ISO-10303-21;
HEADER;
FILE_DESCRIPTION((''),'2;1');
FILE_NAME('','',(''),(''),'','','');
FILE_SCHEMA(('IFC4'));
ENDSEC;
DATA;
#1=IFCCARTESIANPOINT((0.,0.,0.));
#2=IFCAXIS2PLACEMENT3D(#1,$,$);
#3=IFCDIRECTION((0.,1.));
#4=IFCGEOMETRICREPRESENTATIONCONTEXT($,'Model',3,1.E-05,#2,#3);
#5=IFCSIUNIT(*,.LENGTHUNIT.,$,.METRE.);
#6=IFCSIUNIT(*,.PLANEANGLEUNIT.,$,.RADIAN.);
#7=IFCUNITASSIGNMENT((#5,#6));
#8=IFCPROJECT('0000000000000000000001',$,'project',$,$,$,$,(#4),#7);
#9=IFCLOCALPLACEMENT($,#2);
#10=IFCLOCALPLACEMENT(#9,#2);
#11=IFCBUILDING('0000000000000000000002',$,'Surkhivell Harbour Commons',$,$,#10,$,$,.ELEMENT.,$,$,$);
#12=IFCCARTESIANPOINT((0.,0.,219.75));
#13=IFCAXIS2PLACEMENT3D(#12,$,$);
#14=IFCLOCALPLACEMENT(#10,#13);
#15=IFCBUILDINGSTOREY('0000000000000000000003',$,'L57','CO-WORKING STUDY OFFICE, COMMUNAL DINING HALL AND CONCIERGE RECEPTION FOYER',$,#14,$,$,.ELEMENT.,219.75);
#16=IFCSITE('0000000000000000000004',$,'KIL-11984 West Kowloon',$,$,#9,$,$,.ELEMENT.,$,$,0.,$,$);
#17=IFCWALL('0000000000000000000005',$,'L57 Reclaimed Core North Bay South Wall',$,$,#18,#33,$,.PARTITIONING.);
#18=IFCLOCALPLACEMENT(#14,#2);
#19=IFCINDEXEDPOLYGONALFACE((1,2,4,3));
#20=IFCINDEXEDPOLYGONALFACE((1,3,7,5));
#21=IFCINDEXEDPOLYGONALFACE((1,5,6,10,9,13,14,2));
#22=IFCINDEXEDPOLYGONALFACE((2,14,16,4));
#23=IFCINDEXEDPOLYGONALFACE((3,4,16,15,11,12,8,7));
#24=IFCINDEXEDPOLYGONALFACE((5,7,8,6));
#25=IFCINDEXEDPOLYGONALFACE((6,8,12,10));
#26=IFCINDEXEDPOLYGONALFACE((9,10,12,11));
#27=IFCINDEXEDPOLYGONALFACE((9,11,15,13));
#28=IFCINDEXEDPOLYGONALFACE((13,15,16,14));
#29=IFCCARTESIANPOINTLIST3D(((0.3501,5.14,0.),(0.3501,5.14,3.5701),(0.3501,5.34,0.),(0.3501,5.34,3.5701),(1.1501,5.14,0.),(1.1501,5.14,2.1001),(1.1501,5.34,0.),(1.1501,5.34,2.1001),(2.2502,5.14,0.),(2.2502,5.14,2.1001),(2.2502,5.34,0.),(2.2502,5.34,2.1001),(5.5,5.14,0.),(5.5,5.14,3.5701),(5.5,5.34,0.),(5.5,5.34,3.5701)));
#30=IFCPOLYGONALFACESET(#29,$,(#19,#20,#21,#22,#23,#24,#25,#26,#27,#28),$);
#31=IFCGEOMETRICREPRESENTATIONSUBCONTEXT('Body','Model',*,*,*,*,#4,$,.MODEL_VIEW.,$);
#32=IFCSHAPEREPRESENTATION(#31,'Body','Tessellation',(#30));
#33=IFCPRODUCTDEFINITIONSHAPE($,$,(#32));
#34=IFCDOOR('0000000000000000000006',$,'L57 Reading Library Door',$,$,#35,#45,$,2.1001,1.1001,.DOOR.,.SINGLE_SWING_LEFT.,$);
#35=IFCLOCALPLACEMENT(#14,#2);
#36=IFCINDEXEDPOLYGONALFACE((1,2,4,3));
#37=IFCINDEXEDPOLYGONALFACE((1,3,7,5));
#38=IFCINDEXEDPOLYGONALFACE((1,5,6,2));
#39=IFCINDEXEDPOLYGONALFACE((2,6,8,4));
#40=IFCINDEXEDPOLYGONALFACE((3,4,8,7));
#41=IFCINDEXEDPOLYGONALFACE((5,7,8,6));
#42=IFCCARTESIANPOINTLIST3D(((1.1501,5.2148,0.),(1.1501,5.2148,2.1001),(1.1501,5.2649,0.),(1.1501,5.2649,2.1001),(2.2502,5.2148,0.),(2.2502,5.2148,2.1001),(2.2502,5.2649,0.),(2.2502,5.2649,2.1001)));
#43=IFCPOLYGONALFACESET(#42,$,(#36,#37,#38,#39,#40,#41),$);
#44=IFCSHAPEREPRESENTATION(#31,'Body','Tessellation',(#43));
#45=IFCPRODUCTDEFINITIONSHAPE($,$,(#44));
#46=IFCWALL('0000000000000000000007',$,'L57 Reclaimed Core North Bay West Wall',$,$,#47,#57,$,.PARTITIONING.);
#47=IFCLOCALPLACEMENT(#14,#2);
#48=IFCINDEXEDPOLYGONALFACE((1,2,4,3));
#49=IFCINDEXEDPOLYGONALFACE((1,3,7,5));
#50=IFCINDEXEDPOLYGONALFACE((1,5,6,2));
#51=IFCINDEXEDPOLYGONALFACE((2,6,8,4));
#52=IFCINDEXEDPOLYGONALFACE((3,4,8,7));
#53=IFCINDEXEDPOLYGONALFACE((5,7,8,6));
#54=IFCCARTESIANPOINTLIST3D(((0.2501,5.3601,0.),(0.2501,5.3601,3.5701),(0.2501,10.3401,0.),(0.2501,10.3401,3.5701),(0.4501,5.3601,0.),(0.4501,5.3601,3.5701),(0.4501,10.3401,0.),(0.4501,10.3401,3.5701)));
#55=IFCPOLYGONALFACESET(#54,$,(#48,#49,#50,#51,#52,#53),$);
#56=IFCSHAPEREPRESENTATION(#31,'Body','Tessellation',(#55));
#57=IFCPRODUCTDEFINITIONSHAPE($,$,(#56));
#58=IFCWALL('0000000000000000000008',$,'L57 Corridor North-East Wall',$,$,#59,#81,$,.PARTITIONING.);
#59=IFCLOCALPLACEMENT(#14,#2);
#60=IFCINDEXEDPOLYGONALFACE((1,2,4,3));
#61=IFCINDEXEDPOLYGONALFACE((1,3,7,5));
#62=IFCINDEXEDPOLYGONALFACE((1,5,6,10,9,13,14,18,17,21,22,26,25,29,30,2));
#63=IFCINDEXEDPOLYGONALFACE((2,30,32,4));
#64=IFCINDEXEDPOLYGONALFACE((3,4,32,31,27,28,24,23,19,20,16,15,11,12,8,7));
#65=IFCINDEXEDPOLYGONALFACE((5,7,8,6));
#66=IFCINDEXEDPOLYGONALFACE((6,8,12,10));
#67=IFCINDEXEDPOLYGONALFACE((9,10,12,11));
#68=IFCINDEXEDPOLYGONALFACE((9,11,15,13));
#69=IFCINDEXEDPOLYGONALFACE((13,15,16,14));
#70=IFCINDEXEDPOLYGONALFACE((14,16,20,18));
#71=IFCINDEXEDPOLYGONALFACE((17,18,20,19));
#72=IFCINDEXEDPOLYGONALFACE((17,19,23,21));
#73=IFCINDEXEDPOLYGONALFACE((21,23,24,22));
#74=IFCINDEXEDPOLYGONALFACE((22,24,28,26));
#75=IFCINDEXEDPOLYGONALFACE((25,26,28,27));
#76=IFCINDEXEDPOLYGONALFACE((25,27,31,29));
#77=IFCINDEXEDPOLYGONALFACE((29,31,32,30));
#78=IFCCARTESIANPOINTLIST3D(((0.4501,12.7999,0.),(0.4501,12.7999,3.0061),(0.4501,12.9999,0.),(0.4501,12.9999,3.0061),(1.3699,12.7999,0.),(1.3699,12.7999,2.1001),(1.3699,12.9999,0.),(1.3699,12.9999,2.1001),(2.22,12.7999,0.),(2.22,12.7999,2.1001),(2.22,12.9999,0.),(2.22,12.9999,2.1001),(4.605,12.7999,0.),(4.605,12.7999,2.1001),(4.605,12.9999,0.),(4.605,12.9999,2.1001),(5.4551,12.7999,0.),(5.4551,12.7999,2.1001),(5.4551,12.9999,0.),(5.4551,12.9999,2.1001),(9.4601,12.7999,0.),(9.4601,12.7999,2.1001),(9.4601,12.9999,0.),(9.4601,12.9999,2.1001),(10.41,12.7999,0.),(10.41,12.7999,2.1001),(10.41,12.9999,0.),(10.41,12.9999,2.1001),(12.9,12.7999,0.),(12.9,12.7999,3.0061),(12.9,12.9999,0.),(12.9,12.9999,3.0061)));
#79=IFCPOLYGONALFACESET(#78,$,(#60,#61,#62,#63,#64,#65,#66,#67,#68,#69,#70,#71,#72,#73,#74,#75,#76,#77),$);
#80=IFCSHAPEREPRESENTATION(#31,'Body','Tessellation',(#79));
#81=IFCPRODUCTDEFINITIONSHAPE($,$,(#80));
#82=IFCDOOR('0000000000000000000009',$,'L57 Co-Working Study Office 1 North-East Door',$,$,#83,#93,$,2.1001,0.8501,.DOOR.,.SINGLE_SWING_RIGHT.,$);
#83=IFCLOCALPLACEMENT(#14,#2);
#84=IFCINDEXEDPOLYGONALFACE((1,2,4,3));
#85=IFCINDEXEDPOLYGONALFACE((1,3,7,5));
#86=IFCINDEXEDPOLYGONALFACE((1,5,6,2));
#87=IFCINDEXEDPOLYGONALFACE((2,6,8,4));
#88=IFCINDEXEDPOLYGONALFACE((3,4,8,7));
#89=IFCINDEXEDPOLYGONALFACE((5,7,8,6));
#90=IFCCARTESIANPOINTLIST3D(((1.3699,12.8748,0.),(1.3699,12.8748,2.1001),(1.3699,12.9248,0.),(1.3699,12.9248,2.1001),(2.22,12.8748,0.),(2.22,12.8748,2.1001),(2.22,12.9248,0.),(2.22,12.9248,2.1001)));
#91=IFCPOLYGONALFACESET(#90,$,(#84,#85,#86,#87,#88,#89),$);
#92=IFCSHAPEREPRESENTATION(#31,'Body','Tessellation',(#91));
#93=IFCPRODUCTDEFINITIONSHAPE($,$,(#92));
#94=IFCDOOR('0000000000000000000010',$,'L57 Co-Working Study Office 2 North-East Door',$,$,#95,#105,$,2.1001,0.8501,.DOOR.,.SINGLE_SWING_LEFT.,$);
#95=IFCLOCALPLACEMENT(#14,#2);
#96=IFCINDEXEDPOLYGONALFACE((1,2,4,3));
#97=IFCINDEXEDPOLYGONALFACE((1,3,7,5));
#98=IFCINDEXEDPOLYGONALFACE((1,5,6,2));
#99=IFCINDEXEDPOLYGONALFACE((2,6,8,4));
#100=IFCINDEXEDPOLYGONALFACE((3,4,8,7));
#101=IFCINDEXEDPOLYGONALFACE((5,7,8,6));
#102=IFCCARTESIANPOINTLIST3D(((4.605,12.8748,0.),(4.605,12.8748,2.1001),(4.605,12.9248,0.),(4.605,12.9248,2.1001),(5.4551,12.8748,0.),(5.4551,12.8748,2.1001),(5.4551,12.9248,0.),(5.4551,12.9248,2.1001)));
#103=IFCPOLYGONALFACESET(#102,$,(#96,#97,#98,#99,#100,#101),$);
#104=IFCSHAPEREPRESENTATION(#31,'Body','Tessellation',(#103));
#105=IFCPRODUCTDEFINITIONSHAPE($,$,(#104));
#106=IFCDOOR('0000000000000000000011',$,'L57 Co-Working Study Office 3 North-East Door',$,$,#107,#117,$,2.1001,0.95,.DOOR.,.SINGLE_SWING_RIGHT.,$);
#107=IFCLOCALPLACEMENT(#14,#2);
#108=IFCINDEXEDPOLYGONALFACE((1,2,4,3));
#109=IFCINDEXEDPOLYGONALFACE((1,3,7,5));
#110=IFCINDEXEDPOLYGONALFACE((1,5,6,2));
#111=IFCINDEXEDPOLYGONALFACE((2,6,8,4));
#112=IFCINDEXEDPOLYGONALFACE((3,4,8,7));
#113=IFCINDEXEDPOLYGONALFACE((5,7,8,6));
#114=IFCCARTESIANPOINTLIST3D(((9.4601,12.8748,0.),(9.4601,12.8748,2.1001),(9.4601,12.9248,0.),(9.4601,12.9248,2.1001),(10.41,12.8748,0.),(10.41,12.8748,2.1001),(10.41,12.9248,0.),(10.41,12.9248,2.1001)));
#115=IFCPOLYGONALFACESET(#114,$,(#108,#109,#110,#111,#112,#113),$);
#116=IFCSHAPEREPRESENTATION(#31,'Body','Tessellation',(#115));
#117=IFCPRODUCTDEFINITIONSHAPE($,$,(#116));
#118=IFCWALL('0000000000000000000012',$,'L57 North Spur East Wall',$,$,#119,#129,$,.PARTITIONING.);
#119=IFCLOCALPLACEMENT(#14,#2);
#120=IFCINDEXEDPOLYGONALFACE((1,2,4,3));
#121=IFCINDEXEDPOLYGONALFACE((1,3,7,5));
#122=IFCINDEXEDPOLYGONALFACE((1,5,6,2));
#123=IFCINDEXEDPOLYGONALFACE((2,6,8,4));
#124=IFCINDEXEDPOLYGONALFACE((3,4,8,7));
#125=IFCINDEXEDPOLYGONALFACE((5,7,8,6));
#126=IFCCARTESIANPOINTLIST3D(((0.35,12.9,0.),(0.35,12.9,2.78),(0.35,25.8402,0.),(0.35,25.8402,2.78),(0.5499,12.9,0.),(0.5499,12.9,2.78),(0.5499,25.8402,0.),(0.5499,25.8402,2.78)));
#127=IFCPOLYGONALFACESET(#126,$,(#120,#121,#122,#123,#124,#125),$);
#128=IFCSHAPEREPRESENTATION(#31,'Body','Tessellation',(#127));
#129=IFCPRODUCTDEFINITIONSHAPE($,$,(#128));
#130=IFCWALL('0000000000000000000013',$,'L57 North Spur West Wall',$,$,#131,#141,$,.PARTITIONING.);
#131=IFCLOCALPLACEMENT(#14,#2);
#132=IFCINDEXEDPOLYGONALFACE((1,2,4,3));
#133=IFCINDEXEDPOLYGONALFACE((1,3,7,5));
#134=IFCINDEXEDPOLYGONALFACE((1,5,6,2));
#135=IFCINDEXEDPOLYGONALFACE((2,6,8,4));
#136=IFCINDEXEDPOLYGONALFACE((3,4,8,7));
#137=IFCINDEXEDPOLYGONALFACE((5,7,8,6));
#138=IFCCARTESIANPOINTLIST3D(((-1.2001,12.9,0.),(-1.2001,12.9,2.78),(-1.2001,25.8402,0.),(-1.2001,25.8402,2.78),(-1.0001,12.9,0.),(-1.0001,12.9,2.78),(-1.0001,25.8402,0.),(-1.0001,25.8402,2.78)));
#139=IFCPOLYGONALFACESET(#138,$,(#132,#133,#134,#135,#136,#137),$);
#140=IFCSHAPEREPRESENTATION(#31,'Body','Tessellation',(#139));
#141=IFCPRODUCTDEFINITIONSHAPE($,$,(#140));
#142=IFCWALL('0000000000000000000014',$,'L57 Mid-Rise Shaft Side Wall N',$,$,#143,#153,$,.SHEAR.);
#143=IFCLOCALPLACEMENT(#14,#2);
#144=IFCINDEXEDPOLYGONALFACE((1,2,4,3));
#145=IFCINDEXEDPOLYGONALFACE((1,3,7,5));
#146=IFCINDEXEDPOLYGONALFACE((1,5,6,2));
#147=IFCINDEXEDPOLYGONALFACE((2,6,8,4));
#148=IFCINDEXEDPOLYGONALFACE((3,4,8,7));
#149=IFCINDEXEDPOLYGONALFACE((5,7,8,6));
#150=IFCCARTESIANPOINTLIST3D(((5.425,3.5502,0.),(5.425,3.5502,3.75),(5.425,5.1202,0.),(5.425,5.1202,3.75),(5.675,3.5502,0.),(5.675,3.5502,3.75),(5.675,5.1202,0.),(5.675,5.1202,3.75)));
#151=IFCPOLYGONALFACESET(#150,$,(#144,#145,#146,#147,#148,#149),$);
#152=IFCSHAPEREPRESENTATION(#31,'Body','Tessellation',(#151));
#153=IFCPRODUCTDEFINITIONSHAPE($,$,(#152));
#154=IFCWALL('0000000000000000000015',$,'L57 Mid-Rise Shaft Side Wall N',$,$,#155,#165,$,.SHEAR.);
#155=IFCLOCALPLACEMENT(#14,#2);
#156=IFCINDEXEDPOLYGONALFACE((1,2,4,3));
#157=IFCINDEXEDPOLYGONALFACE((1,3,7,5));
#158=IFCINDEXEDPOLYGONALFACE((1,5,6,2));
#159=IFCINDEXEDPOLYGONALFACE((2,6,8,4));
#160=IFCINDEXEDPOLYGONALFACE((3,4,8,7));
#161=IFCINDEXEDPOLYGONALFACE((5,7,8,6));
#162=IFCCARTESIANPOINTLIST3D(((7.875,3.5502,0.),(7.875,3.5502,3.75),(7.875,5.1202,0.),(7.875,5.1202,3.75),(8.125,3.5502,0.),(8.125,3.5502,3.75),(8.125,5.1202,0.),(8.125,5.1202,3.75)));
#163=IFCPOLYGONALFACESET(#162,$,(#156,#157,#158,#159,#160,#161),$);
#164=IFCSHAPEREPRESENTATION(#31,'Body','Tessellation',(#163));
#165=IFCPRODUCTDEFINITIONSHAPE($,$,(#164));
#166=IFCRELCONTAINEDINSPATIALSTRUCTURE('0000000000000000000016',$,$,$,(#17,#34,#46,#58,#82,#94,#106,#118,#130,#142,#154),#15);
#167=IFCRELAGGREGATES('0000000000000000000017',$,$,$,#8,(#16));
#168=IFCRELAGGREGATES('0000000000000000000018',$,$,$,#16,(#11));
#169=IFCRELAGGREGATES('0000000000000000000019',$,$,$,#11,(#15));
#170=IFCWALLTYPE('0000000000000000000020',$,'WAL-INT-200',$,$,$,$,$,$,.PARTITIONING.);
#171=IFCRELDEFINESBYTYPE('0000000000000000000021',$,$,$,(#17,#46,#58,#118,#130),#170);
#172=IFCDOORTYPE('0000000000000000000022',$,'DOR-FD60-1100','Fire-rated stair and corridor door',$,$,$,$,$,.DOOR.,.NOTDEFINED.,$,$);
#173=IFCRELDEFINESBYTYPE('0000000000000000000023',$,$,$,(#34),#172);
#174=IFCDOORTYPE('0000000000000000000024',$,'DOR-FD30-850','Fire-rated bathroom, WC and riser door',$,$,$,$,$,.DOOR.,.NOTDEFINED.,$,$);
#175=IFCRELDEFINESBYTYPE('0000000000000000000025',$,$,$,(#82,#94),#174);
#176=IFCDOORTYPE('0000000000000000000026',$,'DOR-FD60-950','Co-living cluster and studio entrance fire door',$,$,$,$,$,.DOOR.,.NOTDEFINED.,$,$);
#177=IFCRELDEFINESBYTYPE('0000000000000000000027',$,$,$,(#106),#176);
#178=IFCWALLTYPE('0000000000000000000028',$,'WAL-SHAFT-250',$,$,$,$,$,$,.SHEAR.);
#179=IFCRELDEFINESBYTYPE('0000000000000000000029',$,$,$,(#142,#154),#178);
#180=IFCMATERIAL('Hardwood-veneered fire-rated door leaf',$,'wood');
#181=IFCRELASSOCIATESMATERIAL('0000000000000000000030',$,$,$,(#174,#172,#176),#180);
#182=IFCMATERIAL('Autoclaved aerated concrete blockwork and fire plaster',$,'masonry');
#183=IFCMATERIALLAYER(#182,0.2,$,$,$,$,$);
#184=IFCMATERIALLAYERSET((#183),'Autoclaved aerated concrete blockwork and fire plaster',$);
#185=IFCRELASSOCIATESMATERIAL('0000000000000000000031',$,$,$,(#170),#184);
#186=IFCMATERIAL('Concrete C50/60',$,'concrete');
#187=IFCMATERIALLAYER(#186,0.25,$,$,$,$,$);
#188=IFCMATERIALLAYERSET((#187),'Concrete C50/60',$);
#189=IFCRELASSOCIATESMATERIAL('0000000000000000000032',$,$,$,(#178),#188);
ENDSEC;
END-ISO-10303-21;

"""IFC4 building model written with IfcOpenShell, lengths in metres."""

from ifc_helpers import new_model, si_unit, direction, frame, frame_2d, origin, place, context, subcontext, project, spatial, rectangle, extrude, material, layer, layer_set, type_object, element, fill, save


model = new_model("IFC4")

# Units and contexts
model_context = context("Model", 3, precision=1e-05, world=origin(), true_north=direction((0.0, 1.0)))
body_context = subcontext(model_context, "Body", "Model", "MODEL_VIEW")
ifc_project = project(units=[si_unit("LENGTHUNIT", "METRE"), si_unit("PLANEANGLEUNIT", "RADIAN")], contexts=[model_context])

# Site, building, storey
site_placement = place(None, origin())
site = spatial("IfcSite", under=ifc_project, at=site_placement, Name="KIL-11984 West Kowloon", CompositionType="ELEMENT", RefElevation=0.0)
building_placement = place(site_placement, origin())
building = spatial("IfcBuilding", under=site, at=building_placement, Name="Surkhivell Harbour Commons", CompositionType="ELEMENT")
storey_placement = place(building_placement, frame((0.0, 0.0, 219.75)))
storey = spatial("IfcBuildingStorey", under=building, at=storey_placement, Name="L57", Description="CO-WORKING STUDY OFFICE, COMMUNAL DINING HALL AND CONCIERGE RECEPTION FOYER", CompositionType="ELEMENT", Elevation=219.75)

# Wall, opening, door
ifc_material_1 = material(Name="Hardwood-veneered fire-rated door leaf", Category="wood")
door_type_1 = type_object("IfcDoorType", Name="DOR-FD30-850", Description="Fire-rated bathroom, WC and riser door", OperationType="NOTDEFINED", PredefinedType="DOOR", material=ifc_material_1)
ifc_material_2 = material(Name="Autoclaved aerated concrete blockwork and fire plaster", Category="masonry")
ifc_layer_1 = layer(ifc_material_2, 0.2)
ifc_layer_set_1 = layer_set([ifc_layer_1], Name="Autoclaved aerated concrete blockwork and fire plaster")
wall_type_1 = type_object("IfcWallType", Name="WAL-INT-200", PredefinedType="PARTITIONING", material=ifc_layer_set_1)
wall_1_placement = place(storey_placement, frame((0.3501, 5.24, 0.0), z_axis=(0.0, 0.0, 1.0), x_axis=(1.0, 0.0, 0.0)))
wall_1 = element("IfcWall", 1, at=wall_1_placement, inside=storey, type_object=wall_type_1, Name="L57 Reclaimed Core North Bay South Wall", PredefinedType="PARTITIONING", context=body_context, shape_type="SweptSolid", body=[
    extrude(rectangle(XDim=5.1499, YDim=0.2, at=frame_2d((2.575, 0.0))), origin(), (0.0, 0.0, 1.0), 3.5701),
])
opening_1_placement = place(wall_1_placement, frame((0.8, 0.0, 0.0)))
opening_1 = element("IfcOpeningElement", 2, at=opening_1_placement, cuts=wall_1, PredefinedType="OPENING", context=body_context, shape_type="SweptSolid", body=[
    extrude(rectangle(XDim=1.1001, YDim=2.1001, at=frame_2d((0.55, 1.05))), frame((0.0, 0.1099, 0.0), z_axis=(0.0, -1.0, 0.0), x_axis=(1.0, 0.0, 0.0)), (0.0, 0.0, 1.0), 0.22),
])
door_type_2 = type_object("IfcDoorType", Name="DOR-FD60-1100", Description="Fire-rated stair and corridor door", OperationType="NOTDEFINED", PredefinedType="DOOR", material=ifc_material_1)
door_1_placement = place(opening_1_placement, origin())
door_1 = element("IfcDoor", 3, at=door_1_placement, inside=storey, type_object=door_type_2, Name="L57 Reading Library Door", OperationType="SINGLE_SWING_LEFT", OverallHeight=2.1001, OverallWidth=1.1001, PredefinedType="DOOR", context=body_context, shape_type="SweptSolid", body=[
    extrude(rectangle(XDim=1.1001, YDim=2.1001, at=frame_2d((0.55, 1.05))), frame((0.0, 0.0249, 0.0), z_axis=(0.0, -1.0, 0.0), x_axis=(1.0, 0.0, 0.0)), (0.0, 0.0, 1.0), 0.05),
])
fill(opening_1, door_1)

# Wall
wall_2_placement = place(storey_placement, frame((0.3501, 5.3601, 0.0), z_axis=(0.0, 0.0, 1.0), x_axis=(0.0, 1.0, 0.0)))
element("IfcWall", 4, at=wall_2_placement, inside=storey, type_object=wall_type_1, Name="L57 Reclaimed Core North Bay West Wall", PredefinedType="PARTITIONING", context=body_context, shape_type="SweptSolid", body=[
    extrude(rectangle(XDim=4.98, YDim=0.2, at=frame_2d((2.49, 0.0))), origin(), (0.0, 0.0, 1.0), 3.5701),
])

# Wall, openings, doors
wall_3_placement = place(storey_placement, frame((0.45, 12.8999, 0.0), z_axis=(0.0, 0.0, 1.0), x_axis=(1.0, 0.0, 0.0)))
wall_3 = element("IfcWall", 5, at=wall_3_placement, inside=storey, type_object=wall_type_1, Name="L57 Corridor North-East Wall", PredefinedType="PARTITIONING", context=body_context, shape_type="SweptSolid", body=[
    extrude(rectangle(XDim=12.45, YDim=0.2, at=frame_2d((6.2251, 0.0))), origin(), (0.0, 0.0, 1.0), 3.0061),
])
opening_2_placement = place(wall_3_placement, frame((0.9199, 0.0, 0.0)))
opening_2 = element("IfcOpeningElement", 6, at=opening_2_placement, cuts=wall_3, PredefinedType="OPENING", context=body_context, shape_type="SweptSolid", body=[
    extrude(rectangle(XDim=0.8501, YDim=2.1001, at=frame_2d((0.425, 1.05))), frame((0.0, 0.1099, 0.0), z_axis=(0.0, -1.0, 0.0), x_axis=(1.0, 0.0, 0.0)), (0.0, 0.0, 1.0), 0.22),
])
opening_3_placement = place(wall_3_placement, frame((4.155, 0.0, 0.0)))
opening_3 = element("IfcOpeningElement", 7, at=opening_3_placement, cuts=wall_3, PredefinedType="OPENING", context=body_context, shape_type="SweptSolid", body=[
    extrude(rectangle(XDim=0.8501, YDim=2.1001, at=frame_2d((0.425, 1.05))), frame((0.0, 0.1099, 0.0), z_axis=(0.0, -1.0, 0.0), x_axis=(1.0, 0.0, 0.0)), (0.0, 0.0, 1.0), 0.22),
])
opening_4_placement = place(wall_3_placement, frame((9.01, 0.0, 0.0)))
opening_4 = element("IfcOpeningElement", 8, at=opening_4_placement, cuts=wall_3, PredefinedType="OPENING", context=body_context, shape_type="SweptSolid", body=[
    extrude(rectangle(XDim=0.95, YDim=2.1001, at=frame_2d((0.4751, 1.05))), frame((0.0, 0.1099, 0.0), z_axis=(0.0, -1.0, 0.0), x_axis=(1.0, 0.0, 0.0)), (0.0, 0.0, 1.0), 0.22),
])
door_2_placement = place(opening_2_placement, origin())
door_2 = element("IfcDoor", 9, at=door_2_placement, inside=storey, type_object=door_type_1, Name="L57 Co-Working Study Office 1 North-East Door", OperationType="SINGLE_SWING_RIGHT", OverallHeight=2.1001, OverallWidth=0.8501, PredefinedType="DOOR", context=body_context, shape_type="SweptSolid", body=[
    extrude(rectangle(XDim=0.8501, YDim=2.1001, at=frame_2d((0.425, 1.05))), frame((0.0, 0.0249, 0.0), z_axis=(0.0, -1.0, 0.0), x_axis=(1.0, 0.0, 0.0)), (0.0, 0.0, 1.0), 0.05),
])
fill(opening_2, door_2)
door_3_placement = place(opening_3_placement, origin())
door_3 = element("IfcDoor", 10, at=door_3_placement, inside=storey, type_object=door_type_1, Name="L57 Co-Working Study Office 2 North-East Door", OperationType="SINGLE_SWING_LEFT", OverallHeight=2.1001, OverallWidth=0.8501, PredefinedType="DOOR", context=body_context, shape_type="SweptSolid", body=[
    extrude(rectangle(XDim=0.8501, YDim=2.1001, at=frame_2d((0.425, 1.05))), frame((0.0, 0.0249, 0.0), z_axis=(0.0, -1.0, 0.0), x_axis=(1.0, 0.0, 0.0)), (0.0, 0.0, 1.0), 0.05),
])
fill(opening_3, door_3)
door_type_3 = type_object("IfcDoorType", Name="DOR-FD60-950", Description="Co-living cluster and studio entrance fire door", OperationType="NOTDEFINED", PredefinedType="DOOR", material=ifc_material_1)
door_4_placement = place(opening_4_placement, origin())
door_4 = element("IfcDoor", 11, at=door_4_placement, inside=storey, type_object=door_type_3, Name="L57 Co-Working Study Office 3 North-East Door", OperationType="SINGLE_SWING_RIGHT", OverallHeight=2.1001, OverallWidth=0.95, PredefinedType="DOOR", context=body_context, shape_type="SweptSolid", body=[
    extrude(rectangle(XDim=0.95, YDim=2.1001, at=frame_2d((0.4751, 1.05))), frame((0.0, 0.0249, 0.0), z_axis=(0.0, -1.0, 0.0), x_axis=(1.0, 0.0, 0.0)), (0.0, 0.0, 1.0), 0.05),
])
fill(opening_4, door_4)

# Walls
for number, where, z_axis, x_axis, name in (
    (12, (0.45, 12.8999, 0.0), (0.0, 0.0, 1.0), (0.0, 1.0, 0.0), "L57 North Spur East Wall"),
    (13, (-1.1001, 12.8999, 0.0), (0.0, 0.0, 1.0), (0.0, 1.0, 0.0), "L57 North Spur West Wall"),
):
    element("IfcWall", number, at=place(storey_placement, frame(where, z_axis=z_axis, x_axis=x_axis)), inside=storey, type_object=wall_type_1, Name=name, PredefinedType="PARTITIONING", context=body_context, shape_type="SweptSolid", body=[
        extrude(rectangle(XDim=12.9402, YDim=0.2, at=frame_2d((6.4702, 0.0))), origin(), (0.0, 0.0, 1.0), 2.78),
    ])
ifc_material_3 = material(Name="Concrete C50/60", Category="concrete")
ifc_layer_2 = layer(ifc_material_3, 0.25)
ifc_layer_set_2 = layer_set([ifc_layer_2], Name="Concrete C50/60")
wall_type_2 = type_object("IfcWallType", Name="WAL-SHAFT-250", PredefinedType="SHEAR", material=ifc_layer_set_2)
for number, where, z_axis, x_axis, name in (
    (14, (5.55, 3.55, 0.0), (0.0, 0.0, 1.0), (0.0, 1.0, 0.0), "L57 Mid-Rise Shaft Side Wall N"),
    (15, (8.0, 3.55, 0.0), (0.0, 0.0, 1.0), (0.0, 1.0, 0.0), "L57 Mid-Rise Shaft Side Wall N"),
):
    element("IfcWall", number, at=place(storey_placement, frame(where, z_axis=z_axis, x_axis=x_axis)), inside=storey, type_object=wall_type_2, Name=name, PredefinedType="SHEAR", context=body_context, shape_type="SweptSolid", body=[
        extrude(rectangle(XDim=1.5701, YDim=0.25, at=frame_2d((0.7852, 0.0))), origin(), (0.0, 0.0, 1.0), 3.75),
    ])

save(model, "model.ifc")
